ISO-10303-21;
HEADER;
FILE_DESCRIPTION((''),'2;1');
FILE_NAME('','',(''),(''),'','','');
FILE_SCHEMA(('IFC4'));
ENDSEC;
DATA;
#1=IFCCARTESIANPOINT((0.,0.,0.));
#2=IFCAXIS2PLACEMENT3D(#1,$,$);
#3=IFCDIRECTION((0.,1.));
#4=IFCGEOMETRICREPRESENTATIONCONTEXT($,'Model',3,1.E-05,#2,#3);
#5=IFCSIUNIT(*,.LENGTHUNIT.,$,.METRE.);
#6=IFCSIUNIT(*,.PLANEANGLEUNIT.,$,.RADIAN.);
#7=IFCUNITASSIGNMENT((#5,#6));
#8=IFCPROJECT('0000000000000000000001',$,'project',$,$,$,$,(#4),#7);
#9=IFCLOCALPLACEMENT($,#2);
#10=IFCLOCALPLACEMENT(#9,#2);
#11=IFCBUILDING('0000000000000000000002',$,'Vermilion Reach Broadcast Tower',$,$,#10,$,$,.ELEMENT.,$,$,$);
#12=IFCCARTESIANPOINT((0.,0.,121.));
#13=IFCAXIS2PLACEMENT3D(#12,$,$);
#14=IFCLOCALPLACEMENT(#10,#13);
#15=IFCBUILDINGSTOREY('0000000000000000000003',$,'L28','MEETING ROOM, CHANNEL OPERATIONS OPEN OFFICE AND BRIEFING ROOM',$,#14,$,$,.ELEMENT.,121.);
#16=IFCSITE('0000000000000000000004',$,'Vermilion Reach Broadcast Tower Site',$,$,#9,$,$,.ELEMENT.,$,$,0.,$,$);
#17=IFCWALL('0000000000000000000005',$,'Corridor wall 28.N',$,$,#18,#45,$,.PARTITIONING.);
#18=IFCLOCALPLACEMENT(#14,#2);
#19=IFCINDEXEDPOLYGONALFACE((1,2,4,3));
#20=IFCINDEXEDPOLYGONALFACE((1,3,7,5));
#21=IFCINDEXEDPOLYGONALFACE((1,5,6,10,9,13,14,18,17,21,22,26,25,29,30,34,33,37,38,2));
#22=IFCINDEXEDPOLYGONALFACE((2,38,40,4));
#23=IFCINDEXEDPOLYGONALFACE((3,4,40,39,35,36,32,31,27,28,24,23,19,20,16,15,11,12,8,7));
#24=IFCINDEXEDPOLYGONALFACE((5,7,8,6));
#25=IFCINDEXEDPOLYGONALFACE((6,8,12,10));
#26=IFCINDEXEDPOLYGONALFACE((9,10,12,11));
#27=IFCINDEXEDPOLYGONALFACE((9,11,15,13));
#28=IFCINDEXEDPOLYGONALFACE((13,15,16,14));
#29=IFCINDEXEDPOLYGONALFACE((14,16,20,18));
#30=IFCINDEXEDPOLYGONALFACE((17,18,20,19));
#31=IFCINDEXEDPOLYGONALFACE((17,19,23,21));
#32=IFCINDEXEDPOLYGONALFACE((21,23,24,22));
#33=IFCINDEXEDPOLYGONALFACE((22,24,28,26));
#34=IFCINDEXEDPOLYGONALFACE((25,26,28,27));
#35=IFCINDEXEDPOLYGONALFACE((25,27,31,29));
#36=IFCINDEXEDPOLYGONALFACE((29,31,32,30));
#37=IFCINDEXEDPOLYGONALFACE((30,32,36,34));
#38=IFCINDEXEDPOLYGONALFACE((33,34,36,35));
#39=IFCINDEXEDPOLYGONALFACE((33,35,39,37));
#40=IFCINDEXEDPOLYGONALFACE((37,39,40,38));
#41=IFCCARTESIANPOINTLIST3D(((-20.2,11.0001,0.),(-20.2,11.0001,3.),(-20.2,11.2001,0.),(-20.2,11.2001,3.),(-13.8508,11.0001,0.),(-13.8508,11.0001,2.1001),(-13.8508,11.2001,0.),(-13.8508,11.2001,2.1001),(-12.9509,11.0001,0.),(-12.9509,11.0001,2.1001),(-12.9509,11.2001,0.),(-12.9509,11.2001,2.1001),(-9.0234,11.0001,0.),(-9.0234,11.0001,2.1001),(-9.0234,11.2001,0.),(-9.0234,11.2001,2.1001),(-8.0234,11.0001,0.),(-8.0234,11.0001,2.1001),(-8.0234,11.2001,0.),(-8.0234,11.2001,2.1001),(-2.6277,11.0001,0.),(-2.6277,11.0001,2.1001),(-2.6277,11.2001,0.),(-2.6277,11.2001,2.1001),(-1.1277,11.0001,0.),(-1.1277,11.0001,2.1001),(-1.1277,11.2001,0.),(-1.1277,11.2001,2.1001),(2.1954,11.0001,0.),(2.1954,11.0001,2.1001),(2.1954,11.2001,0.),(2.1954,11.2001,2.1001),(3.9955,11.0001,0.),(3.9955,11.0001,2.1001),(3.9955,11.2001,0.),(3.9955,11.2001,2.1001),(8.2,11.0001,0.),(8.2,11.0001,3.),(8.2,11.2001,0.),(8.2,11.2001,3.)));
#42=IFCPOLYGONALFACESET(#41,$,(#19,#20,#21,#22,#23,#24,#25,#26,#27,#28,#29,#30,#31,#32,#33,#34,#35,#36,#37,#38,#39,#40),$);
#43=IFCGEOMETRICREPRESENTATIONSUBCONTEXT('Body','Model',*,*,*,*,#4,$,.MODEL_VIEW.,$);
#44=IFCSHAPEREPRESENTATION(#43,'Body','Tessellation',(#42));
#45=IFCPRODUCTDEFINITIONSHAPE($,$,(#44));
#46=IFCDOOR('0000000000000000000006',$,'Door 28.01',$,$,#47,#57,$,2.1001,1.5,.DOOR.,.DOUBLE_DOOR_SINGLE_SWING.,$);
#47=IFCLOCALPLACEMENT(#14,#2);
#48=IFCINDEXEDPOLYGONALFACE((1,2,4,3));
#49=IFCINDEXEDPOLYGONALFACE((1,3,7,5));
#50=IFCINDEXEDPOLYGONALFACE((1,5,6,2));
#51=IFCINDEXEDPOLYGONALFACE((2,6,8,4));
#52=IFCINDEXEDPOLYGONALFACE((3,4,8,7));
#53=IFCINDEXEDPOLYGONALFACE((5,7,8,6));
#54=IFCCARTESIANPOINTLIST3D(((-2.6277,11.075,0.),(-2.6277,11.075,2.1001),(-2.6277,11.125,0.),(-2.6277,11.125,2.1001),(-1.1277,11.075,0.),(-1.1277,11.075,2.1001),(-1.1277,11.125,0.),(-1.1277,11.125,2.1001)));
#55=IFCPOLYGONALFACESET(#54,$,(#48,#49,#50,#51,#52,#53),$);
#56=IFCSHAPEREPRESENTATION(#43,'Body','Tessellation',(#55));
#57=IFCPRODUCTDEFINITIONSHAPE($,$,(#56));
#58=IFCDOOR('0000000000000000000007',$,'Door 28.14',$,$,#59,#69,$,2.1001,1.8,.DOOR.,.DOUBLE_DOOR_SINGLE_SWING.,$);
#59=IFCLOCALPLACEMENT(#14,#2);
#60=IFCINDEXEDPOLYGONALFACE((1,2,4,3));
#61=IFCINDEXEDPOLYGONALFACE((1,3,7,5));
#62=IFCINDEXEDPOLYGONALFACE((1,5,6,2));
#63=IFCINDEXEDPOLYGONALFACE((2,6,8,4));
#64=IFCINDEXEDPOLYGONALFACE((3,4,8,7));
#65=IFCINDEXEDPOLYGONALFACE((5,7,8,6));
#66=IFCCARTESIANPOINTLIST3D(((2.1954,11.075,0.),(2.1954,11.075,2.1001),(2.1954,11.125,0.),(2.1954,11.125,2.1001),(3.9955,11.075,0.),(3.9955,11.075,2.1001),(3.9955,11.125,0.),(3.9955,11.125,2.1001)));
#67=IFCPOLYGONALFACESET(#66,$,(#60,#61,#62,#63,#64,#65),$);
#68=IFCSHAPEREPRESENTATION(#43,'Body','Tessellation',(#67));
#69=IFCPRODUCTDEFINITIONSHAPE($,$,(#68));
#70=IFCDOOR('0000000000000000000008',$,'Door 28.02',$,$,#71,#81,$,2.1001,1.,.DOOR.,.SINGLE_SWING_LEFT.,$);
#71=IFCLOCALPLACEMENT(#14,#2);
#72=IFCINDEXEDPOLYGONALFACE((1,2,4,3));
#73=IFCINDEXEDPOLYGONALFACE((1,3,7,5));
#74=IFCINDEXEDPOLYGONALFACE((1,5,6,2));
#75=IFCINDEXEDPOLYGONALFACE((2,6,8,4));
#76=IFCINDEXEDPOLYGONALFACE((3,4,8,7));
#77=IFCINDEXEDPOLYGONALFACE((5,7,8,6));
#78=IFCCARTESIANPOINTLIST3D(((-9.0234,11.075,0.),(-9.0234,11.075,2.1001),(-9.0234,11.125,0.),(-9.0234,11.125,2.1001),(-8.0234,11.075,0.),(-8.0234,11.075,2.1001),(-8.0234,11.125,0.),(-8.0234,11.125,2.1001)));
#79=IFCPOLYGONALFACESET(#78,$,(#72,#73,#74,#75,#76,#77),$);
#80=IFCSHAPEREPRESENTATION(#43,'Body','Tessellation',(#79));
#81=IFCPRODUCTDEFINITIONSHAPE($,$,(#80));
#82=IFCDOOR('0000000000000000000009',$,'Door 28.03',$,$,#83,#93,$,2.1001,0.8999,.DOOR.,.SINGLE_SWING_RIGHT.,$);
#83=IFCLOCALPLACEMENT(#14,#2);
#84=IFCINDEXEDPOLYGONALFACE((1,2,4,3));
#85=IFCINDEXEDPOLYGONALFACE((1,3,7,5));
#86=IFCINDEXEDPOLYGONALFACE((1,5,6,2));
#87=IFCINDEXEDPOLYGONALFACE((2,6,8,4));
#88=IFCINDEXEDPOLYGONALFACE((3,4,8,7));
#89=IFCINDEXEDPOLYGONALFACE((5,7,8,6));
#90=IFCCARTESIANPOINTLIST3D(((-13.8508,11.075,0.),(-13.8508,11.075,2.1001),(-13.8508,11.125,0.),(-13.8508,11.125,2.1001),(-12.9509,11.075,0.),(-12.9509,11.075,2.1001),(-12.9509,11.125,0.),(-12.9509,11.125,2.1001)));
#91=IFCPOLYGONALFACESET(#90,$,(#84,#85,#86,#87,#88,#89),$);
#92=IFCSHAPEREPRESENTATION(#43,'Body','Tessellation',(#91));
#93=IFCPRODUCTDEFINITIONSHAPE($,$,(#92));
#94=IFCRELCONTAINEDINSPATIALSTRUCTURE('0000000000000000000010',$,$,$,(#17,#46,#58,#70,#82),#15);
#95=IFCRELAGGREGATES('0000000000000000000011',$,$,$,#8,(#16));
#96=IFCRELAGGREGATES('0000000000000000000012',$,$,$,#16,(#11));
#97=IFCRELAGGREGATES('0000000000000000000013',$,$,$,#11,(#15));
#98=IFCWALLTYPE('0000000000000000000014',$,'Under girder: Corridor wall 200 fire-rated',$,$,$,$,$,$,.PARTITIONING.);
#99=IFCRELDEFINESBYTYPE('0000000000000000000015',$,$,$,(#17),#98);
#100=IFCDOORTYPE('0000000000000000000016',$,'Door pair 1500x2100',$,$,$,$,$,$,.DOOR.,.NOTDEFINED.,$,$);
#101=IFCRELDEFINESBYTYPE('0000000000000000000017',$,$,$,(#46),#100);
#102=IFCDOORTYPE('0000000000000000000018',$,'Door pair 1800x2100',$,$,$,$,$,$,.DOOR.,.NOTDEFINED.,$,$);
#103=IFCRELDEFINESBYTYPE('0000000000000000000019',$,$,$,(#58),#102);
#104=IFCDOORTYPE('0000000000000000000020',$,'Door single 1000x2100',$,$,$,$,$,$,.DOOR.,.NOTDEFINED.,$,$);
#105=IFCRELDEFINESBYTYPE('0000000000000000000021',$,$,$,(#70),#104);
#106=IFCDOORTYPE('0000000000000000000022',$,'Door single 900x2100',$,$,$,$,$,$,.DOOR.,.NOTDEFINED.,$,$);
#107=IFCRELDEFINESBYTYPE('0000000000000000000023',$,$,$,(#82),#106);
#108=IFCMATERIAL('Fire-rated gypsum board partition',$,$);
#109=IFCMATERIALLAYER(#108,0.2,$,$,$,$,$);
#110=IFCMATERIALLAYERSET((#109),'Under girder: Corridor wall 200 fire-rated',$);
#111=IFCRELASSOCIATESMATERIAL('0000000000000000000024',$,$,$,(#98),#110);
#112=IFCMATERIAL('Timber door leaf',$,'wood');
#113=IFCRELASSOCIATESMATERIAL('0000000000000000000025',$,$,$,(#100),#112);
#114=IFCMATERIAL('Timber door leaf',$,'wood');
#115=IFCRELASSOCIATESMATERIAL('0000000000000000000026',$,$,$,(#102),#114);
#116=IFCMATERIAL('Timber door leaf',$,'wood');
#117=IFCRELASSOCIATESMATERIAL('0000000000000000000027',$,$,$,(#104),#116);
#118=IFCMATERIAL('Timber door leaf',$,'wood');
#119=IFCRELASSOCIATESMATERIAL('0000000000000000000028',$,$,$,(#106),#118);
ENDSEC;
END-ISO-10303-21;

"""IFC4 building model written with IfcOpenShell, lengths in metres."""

from ifc_helpers import new_model, si_unit, direction, frame, frame_2d, origin, place, context, subcontext, project, spatial, rectangle, extrude, material, layer, layer_set, type_object, element, fill, save


model = new_model("IFC4")

# Units and contexts
model_context = context("Model", 3, precision=1e-05, world=origin(), true_north=direction((0.0, 1.0)))
body_context = subcontext(model_context, "Body", "Model", "MODEL_VIEW")
ifc_project = project(units=[si_unit("LENGTHUNIT", "METRE"), si_unit("PLANEANGLEUNIT", "RADIAN")], contexts=[model_context])

# Site, building, storey
site_placement = place(None, origin())
site = spatial("IfcSite", under=ifc_project, at=site_placement, Name="Vermilion Reach Broadcast Tower Site", CompositionType="ELEMENT", RefElevation=0.0)
building_placement = place(site_placement, origin())
building = spatial("IfcBuilding", under=site, at=building_placement, Name="Vermilion Reach Broadcast Tower", CompositionType="ELEMENT")
storey_placement = place(building_placement, frame((0.0, 0.0, 121.0)))
storey = spatial("IfcBuildingStorey", under=building, at=storey_placement, Name="L28", Description="MEETING ROOM, CHANNEL OPERATIONS OPEN OFFICE AND BRIEFING ROOM", CompositionType="ELEMENT", Elevation=121.0)

# Wall, openings, doors
ifc_material_1 = material(Name="Fire-rated gypsum board partition")
ifc_layer_1 = layer(ifc_material_1, 0.2)
ifc_layer_set_1 = layer_set([ifc_layer_1], Name="Under girder: Corridor wall 200 fire-rated")
wall_type_1 = type_object("IfcWallType", Name="Under girder: Corridor wall 200 fire-rated", PredefinedType="PARTITIONING", material=ifc_layer_set_1)
wall_1_placement = place(storey_placement, frame((-20.2, 11.1001, 0.0), z_axis=(0.0, 0.0, 1.0), x_axis=(1.0, 0.0, 0.0)))
wall_1 = element("IfcWall", 1, at=wall_1_placement, inside=storey, type_object=wall_type_1, Name="Corridor wall 28.N", PredefinedType="PARTITIONING", context=body_context, shape_type="SweptSolid", body=[
    extrude(rectangle(XDim=28.3999, YDim=0.2, at=frame_2d((14.2, 0.0))), origin(), (0.0, 0.0, 1.0), 3.0),
])
opening_1_placement = place(wall_1_placement, frame((17.5723, 0.0, 0.0)))
opening_1 = element("IfcOpeningElement", 2, at=opening_1_placement, cuts=wall_1, PredefinedType="OPENING", context=body_context, shape_type="SweptSolid", body=[
    extrude(rectangle(XDim=1.5, YDim=2.1001, at=frame_2d((0.75, 1.05))), frame((0.0, 0.1099, 0.0), z_axis=(0.0, -1.0, 0.0), x_axis=(1.0, 0.0, 0.0)), (0.0, 0.0, 1.0), 0.22),
])
opening_2_placement = place(wall_1_placement, frame((11.1765, 0.0, 0.0)))
opening_2 = element("IfcOpeningElement", 3, at=opening_2_placement, cuts=wall_1, PredefinedType="OPENING", context=body_context, shape_type="SweptSolid", body=[
    extrude(rectangle(XDim=1.0, YDim=2.1001, at=frame_2d((0.5, 1.05))), frame((0.0, 0.1099, 0.0), z_axis=(0.0, -1.0, 0.0), x_axis=(1.0, 0.0, 0.0)), (0.0, 0.0, 1.0), 0.22),
])
opening_3_placement = place(wall_1_placement, frame((6.3491, 0.0, 0.0)))
opening_3 = element("IfcOpeningElement", 4, at=opening_3_placement, cuts=wall_1, PredefinedType="OPENING", context=body_context, shape_type="SweptSolid", body=[
    extrude(rectangle(XDim=0.8999, YDim=2.1001, at=frame_2d((0.45, 1.05))), frame((0.0, 0.1099, 0.0), z_axis=(0.0, -1.0, 0.0), x_axis=(1.0, 0.0, 0.0)), (0.0, 0.0, 1.0), 0.22),
])
opening_4_placement = place(wall_1_placement, frame((22.3955, 0.0, 0.0)))
opening_4 = element("IfcOpeningElement", 5, at=opening_4_placement, cuts=wall_1, PredefinedType="OPENING", context=body_context, shape_type="SweptSolid", body=[
    extrude(rectangle(XDim=1.8, YDim=2.1001, at=frame_2d((0.8999, 1.05))), frame((0.0, 0.1099, 0.0), z_axis=(0.0, -1.0, 0.0), x_axis=(1.0, 0.0, 0.0)), (0.0, 0.0, 1.0), 0.22),
])
ifc_material_2 = material(Name="Timber door leaf", Category="wood")
door_type_1 = type_object("IfcDoorType", Name="Door pair 1500x2100", OperationType="NOTDEFINED", PredefinedType="DOOR", material=ifc_material_2)
door_1_placement = place(opening_1_placement, origin())
door_1 = element("IfcDoor", 6, at=door_1_placement, inside=storey, type_object=door_type_1, Name="Door 28.01", OperationType="DOUBLE_DOOR_SINGLE_SWING", OverallHeight=2.1001, OverallWidth=1.5, PredefinedType="DOOR", context=body_context, shape_type="SweptSolid", body=[
    extrude(rectangle(XDim=1.5, YDim=2.1001, at=frame_2d((0.75, 1.05))), frame((0.0, 0.0249, 0.0), z_axis=(0.0, -1.0, 0.0), x_axis=(1.0, 0.0, 0.0)), (0.0, 0.0, 1.0), 0.05),
])
fill(opening_1, door_1)
ifc_material_3 = material(Name="Timber door leaf", Category="wood")
door_type_2 = type_object("IfcDoorType", Name="Door pair 1800x2100", OperationType="NOTDEFINED", PredefinedType="DOOR", material=ifc_material_3)
door_2_placement = place(opening_4_placement, origin())
door_2 = element("IfcDoor", 7, at=door_2_placement, inside=storey, type_object=door_type_2, Name="Door 28.14", OperationType="DOUBLE_DOOR_SINGLE_SWING", OverallHeight=2.1001, OverallWidth=1.8, PredefinedType="DOOR", context=body_context, shape_type="SweptSolid", body=[
    extrude(rectangle(XDim=1.8, YDim=2.1001, at=frame_2d((0.8999, 1.05))), frame((0.0, 0.0249, 0.0), z_axis=(0.0, -1.0, 0.0), x_axis=(1.0, 0.0, 0.0)), (0.0, 0.0, 1.0), 0.05),
])
fill(opening_4, door_2)
ifc_material_4 = material(Name="Timber door leaf", Category="wood")
door_type_3 = type_object("IfcDoorType", Name="Door single 1000x2100", OperationType="NOTDEFINED", PredefinedType="DOOR", material=ifc_material_4)
door_3_placement = place(opening_2_placement, origin())
door_3 = element("IfcDoor", 8, at=door_3_placement, inside=storey, type_object=door_type_3, Name="Door 28.02", OperationType="SINGLE_SWING_LEFT", OverallHeight=2.1001, OverallWidth=1.0, PredefinedType="DOOR", context=body_context, shape_type="SweptSolid", body=[
    extrude(rectangle(XDim=1.0, YDim=2.1001, at=frame_2d((0.5, 1.05))), frame((0.0, 0.0249, 0.0), z_axis=(0.0, -1.0, 0.0), x_axis=(1.0, 0.0, 0.0)), (0.0, 0.0, 1.0), 0.05),
])
fill(opening_2, door_3)
ifc_material_5 = material(Name="Timber door leaf", Category="wood")
door_type_4 = type_object("IfcDoorType", Name="Door single 900x2100", OperationType="NOTDEFINED", PredefinedType="DOOR", material=ifc_material_5)
door_4_placement = place(opening_3_placement, origin())
door_4 = element("IfcDoor", 9, at=door_4_placement, inside=storey, type_object=door_type_4, Name="Door 28.03", OperationType="SINGLE_SWING_RIGHT", OverallHeight=2.1001, OverallWidth=0.8999, PredefinedType="DOOR", context=body_context, shape_type="SweptSolid", body=[
    extrude(rectangle(XDim=0.8999, YDim=2.1001, at=frame_2d((0.45, 1.05))), frame((0.0, 0.0249, 0.0), z_axis=(0.0, -1.0, 0.0), x_axis=(1.0, 0.0, 0.0)), (0.0, 0.0, 1.0), 0.05),
])
fill(opening_3, door_4)

save(model, "model.ifc")
